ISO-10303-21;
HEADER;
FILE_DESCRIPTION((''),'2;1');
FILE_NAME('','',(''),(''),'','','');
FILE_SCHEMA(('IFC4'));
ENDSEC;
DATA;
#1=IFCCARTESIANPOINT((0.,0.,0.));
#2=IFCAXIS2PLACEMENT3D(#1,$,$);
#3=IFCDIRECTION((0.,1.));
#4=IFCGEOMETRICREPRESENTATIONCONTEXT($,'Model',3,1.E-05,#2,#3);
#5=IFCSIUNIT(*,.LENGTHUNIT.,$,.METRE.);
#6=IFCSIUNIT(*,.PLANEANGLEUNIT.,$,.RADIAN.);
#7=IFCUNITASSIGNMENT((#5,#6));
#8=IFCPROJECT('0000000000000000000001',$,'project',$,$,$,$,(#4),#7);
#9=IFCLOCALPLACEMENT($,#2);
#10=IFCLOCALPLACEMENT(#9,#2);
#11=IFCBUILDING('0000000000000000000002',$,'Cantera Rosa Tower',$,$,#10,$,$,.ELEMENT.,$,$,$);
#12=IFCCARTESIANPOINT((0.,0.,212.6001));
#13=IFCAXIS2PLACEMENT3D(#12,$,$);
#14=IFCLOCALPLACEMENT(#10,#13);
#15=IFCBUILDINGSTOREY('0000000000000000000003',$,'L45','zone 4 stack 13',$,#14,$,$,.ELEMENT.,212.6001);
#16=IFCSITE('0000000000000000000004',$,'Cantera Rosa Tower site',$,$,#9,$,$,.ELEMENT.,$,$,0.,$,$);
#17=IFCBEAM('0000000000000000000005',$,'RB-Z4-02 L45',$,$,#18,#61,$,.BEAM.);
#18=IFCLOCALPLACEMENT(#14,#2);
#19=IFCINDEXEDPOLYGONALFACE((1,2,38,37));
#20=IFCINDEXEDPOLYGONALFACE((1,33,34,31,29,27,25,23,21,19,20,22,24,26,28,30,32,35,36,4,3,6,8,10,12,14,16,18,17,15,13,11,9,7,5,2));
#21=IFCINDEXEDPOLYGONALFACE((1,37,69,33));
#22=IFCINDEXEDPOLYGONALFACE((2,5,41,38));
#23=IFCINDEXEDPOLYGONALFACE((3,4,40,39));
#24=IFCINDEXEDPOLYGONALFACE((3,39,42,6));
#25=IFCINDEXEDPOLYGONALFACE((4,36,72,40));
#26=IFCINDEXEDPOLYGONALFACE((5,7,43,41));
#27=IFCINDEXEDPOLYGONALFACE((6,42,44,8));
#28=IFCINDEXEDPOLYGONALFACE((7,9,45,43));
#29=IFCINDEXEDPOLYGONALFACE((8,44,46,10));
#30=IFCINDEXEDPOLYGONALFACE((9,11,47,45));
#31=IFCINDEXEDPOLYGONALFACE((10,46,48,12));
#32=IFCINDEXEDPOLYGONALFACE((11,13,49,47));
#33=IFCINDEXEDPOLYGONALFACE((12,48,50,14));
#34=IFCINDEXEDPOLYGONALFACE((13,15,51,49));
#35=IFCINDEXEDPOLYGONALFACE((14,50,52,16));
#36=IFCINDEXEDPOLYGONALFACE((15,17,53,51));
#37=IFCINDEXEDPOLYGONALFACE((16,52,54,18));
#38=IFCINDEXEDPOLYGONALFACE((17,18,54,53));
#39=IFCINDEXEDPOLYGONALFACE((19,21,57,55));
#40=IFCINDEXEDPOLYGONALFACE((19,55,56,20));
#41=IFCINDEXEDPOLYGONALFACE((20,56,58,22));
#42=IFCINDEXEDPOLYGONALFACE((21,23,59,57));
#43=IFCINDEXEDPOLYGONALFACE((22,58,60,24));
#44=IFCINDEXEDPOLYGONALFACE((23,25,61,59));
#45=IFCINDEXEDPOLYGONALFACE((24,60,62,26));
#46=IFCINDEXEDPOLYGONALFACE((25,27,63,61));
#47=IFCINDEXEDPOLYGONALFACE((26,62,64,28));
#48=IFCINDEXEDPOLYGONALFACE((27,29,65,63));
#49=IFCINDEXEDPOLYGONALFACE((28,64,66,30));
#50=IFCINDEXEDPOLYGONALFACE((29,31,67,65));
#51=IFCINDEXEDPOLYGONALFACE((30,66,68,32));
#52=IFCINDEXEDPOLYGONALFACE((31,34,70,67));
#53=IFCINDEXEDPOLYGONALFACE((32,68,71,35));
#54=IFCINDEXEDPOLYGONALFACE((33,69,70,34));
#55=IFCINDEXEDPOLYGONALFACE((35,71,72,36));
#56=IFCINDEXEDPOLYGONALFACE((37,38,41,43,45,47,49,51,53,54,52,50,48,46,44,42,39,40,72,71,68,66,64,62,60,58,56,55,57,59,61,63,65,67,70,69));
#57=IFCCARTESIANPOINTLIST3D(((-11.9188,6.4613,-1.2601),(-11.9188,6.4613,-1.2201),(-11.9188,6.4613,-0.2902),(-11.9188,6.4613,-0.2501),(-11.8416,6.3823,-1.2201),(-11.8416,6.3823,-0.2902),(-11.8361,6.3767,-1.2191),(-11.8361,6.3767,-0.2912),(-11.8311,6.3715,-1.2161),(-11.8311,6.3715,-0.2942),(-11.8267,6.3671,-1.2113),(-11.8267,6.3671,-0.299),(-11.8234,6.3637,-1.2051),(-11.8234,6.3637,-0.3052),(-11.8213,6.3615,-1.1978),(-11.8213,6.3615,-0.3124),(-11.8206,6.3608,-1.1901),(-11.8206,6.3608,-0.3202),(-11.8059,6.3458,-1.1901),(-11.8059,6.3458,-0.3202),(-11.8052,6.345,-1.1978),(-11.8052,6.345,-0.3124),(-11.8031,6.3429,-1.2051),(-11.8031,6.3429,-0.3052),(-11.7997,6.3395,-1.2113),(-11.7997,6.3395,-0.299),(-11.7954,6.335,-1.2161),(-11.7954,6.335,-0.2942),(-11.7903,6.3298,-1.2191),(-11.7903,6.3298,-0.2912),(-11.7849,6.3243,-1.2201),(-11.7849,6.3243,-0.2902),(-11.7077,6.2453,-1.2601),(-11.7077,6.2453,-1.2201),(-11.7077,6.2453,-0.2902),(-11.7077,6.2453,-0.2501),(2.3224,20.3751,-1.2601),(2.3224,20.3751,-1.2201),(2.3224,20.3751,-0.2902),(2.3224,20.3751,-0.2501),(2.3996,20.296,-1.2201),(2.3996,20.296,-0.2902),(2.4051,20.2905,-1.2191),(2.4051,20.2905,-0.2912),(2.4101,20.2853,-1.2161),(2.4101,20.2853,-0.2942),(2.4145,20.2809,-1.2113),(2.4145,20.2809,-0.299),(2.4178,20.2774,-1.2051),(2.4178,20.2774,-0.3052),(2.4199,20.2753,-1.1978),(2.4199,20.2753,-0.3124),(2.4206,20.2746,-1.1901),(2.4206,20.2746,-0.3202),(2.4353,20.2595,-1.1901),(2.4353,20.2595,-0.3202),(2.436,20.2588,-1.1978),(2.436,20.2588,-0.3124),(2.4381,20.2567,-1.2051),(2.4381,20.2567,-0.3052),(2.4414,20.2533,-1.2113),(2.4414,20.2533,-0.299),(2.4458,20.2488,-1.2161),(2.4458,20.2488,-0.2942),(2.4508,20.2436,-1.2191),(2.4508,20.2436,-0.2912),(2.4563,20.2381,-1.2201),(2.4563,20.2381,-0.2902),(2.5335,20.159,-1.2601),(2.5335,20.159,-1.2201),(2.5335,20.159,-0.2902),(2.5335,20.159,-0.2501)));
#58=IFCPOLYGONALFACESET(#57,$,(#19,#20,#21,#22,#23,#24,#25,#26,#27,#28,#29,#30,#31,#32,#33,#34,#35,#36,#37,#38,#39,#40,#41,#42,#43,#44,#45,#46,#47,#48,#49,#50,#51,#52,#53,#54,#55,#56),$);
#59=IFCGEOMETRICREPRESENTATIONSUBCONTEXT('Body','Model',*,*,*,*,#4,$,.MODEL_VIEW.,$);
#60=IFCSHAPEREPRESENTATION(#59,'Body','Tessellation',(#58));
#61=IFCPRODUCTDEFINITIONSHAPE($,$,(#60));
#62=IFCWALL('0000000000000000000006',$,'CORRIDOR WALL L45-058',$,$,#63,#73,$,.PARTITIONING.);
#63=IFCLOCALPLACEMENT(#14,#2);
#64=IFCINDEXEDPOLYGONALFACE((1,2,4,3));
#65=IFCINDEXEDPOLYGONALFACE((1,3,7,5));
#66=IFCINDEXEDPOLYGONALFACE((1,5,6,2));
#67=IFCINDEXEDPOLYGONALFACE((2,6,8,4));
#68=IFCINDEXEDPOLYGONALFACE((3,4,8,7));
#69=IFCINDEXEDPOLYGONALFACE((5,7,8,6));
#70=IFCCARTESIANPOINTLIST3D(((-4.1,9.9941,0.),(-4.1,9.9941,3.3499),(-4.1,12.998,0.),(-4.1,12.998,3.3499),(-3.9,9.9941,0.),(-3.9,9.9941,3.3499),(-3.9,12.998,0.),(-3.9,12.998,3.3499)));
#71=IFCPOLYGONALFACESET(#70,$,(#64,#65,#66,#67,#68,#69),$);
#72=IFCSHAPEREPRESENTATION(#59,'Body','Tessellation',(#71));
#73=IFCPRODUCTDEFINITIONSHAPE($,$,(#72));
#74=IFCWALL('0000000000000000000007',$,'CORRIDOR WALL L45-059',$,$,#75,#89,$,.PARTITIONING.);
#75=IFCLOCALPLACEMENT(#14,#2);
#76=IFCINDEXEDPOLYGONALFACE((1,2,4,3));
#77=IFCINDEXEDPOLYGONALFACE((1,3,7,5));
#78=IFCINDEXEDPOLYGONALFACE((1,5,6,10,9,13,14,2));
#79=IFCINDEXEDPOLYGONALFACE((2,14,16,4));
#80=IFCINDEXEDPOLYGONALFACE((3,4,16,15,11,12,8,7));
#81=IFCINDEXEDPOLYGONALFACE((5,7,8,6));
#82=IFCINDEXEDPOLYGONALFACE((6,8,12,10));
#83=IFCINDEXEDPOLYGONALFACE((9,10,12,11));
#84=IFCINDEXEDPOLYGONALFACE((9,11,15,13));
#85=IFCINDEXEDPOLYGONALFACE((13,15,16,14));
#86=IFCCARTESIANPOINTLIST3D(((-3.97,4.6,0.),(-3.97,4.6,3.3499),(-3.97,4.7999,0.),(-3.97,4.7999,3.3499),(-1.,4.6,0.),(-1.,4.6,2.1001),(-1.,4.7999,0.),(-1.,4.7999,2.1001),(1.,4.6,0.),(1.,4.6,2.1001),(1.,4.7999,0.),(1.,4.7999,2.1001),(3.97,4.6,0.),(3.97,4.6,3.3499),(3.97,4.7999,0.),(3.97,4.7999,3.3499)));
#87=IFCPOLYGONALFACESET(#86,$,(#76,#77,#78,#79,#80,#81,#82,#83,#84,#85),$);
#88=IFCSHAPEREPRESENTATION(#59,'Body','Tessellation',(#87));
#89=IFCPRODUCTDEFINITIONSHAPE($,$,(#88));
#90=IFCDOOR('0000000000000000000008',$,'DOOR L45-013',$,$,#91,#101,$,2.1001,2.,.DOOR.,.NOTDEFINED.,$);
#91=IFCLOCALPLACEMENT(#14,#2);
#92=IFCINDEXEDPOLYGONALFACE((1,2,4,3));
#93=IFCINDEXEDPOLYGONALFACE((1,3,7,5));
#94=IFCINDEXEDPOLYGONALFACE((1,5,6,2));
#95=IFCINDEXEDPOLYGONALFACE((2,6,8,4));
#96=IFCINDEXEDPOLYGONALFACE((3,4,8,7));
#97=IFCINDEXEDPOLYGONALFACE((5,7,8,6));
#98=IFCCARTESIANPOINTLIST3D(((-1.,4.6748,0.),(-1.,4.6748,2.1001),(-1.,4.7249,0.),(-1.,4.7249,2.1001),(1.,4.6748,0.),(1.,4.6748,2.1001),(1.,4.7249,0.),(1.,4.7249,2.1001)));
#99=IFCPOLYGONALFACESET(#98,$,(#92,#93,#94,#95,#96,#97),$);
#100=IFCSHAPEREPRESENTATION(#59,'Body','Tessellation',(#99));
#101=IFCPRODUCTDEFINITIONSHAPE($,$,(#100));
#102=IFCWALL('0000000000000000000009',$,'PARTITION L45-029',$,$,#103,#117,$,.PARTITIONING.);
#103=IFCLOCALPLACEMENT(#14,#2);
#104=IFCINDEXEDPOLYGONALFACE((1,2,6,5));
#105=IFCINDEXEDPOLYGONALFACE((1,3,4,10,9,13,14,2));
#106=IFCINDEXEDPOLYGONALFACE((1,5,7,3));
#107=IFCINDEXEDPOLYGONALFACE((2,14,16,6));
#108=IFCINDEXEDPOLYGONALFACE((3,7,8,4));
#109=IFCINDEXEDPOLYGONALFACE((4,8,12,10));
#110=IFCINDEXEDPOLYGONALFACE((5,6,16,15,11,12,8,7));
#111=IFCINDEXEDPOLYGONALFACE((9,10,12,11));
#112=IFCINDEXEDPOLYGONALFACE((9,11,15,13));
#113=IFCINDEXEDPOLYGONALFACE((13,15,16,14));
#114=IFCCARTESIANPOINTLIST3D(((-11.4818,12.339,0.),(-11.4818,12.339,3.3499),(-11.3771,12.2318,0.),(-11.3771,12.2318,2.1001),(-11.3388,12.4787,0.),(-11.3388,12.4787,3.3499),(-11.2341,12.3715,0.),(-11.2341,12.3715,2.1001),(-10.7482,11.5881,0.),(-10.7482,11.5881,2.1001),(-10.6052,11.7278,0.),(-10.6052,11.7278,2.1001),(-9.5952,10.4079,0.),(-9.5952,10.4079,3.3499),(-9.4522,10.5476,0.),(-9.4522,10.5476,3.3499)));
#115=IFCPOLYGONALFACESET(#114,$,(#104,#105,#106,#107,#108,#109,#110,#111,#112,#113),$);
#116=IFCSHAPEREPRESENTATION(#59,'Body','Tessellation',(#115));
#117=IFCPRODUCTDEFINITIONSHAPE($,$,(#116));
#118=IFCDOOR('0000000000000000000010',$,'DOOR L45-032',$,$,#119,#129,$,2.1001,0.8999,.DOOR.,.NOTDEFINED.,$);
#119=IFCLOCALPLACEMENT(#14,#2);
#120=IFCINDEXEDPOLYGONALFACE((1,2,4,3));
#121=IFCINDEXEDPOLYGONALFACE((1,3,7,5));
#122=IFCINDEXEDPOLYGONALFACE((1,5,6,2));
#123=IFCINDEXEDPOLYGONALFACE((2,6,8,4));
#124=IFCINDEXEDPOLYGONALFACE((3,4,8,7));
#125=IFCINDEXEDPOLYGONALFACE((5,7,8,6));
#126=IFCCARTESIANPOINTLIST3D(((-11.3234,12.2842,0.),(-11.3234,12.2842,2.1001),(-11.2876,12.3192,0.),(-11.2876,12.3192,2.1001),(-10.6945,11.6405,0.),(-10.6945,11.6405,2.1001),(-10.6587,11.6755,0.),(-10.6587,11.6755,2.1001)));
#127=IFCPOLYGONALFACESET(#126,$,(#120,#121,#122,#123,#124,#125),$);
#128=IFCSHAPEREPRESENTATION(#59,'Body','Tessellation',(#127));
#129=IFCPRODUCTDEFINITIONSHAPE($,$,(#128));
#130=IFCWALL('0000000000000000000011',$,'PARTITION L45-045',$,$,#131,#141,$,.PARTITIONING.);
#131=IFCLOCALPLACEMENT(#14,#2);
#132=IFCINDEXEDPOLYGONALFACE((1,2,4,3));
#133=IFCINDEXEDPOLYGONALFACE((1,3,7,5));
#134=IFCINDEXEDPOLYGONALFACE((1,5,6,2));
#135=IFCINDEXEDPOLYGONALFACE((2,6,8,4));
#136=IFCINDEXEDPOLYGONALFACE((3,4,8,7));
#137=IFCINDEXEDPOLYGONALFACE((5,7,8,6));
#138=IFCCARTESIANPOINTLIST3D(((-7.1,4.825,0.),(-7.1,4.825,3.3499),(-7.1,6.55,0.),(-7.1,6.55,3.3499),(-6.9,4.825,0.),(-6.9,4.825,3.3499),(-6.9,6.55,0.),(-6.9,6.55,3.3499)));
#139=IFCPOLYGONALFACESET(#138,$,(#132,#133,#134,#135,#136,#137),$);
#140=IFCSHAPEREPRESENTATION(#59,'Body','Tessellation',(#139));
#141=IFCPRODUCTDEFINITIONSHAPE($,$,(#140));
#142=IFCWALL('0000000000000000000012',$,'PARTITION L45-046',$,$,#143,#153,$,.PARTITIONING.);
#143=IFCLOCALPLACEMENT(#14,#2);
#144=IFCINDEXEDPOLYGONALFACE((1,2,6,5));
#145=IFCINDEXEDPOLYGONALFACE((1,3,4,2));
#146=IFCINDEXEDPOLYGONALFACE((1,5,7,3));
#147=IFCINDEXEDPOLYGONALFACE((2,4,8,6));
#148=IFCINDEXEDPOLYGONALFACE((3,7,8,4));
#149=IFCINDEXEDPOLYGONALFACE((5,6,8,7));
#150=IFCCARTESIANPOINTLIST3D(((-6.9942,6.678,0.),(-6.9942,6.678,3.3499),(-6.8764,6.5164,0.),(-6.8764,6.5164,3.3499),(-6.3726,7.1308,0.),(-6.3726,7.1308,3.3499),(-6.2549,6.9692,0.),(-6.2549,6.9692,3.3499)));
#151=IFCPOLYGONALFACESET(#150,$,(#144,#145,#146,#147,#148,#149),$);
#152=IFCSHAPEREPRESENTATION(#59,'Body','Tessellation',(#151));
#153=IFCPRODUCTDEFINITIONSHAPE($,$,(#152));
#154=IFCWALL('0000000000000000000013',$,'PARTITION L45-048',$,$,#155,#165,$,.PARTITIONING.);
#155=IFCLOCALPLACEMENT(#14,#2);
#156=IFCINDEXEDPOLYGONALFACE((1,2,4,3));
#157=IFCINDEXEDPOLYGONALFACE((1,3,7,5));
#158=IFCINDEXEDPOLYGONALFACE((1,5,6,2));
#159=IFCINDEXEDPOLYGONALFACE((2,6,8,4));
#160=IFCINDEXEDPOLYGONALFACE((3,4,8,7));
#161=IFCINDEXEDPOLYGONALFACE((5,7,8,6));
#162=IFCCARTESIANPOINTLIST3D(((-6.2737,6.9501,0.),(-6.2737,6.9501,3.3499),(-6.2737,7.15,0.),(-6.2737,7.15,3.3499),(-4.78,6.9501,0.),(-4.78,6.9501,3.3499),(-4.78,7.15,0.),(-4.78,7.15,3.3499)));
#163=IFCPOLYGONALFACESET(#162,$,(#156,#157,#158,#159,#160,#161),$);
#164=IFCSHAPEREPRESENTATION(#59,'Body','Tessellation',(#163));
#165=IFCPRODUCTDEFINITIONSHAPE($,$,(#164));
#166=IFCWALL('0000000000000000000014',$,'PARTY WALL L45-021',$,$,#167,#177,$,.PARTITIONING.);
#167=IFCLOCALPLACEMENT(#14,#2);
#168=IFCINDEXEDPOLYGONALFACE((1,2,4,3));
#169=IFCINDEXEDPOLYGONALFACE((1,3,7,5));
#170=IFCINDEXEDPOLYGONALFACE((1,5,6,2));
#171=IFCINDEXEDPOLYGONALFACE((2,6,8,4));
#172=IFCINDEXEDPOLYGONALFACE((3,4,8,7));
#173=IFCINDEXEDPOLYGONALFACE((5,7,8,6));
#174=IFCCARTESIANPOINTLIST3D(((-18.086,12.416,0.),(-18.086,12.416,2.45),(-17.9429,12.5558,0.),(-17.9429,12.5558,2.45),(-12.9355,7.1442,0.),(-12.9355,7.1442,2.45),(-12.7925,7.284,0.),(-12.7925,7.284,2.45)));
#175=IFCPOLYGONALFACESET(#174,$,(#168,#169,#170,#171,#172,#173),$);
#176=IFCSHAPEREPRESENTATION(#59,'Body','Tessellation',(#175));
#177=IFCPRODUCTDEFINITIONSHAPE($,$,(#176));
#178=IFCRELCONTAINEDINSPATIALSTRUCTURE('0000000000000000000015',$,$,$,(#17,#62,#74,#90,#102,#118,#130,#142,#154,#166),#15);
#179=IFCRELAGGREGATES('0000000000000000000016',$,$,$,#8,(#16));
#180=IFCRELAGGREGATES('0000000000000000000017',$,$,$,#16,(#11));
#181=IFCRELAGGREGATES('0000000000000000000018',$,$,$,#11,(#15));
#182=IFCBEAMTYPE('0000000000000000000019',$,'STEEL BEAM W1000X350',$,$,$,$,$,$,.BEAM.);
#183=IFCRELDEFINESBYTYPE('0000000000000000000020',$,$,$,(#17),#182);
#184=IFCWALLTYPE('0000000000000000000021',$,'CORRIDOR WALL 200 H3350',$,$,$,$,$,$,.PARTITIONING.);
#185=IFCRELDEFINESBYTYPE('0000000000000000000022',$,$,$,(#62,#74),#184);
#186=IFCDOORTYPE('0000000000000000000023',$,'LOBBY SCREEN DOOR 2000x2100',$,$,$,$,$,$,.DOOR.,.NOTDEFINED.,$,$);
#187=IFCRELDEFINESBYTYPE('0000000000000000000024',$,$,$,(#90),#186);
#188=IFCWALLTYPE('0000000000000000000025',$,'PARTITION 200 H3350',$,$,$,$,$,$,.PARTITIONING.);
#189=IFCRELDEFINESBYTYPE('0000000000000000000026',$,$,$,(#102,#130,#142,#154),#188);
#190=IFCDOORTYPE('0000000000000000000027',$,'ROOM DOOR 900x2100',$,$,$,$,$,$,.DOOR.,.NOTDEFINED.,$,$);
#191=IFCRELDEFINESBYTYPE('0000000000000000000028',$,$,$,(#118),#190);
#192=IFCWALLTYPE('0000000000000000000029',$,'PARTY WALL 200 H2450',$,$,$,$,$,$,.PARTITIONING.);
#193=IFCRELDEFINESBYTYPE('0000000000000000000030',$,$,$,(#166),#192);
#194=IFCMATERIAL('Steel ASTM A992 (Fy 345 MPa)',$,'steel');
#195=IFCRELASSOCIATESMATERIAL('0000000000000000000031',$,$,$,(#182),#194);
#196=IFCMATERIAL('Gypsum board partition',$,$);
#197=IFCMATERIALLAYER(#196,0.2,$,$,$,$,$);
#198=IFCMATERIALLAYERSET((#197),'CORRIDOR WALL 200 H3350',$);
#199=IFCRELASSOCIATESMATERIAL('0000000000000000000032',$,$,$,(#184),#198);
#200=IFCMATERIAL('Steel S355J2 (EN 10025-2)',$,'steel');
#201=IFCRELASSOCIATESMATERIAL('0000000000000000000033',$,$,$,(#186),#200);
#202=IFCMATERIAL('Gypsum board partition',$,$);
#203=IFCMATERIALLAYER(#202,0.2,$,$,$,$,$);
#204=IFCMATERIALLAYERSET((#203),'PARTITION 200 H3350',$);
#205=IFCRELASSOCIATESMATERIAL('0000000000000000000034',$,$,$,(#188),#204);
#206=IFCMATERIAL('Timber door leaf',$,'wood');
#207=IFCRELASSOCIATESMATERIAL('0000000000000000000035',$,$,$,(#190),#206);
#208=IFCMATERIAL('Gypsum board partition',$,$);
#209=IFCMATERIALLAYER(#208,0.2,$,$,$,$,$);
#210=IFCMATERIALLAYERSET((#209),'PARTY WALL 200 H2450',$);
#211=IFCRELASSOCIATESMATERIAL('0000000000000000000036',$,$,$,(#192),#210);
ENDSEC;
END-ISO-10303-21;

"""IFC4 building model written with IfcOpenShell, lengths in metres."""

from ifc_helpers import new_model, si_unit, direction, frame, frame_2d, origin, origin_2d, place, context, subcontext, project, spatial, rectangle, i_section, extrude, material, layer, layer_set, material_profile, profile_set, type_object, element, fill, save


model = new_model("IFC4")

# Units and contexts
model_context = context("Model", 3, precision=1e-05, world=origin(), true_north=direction((0.0, 1.0)))
body_context = subcontext(model_context, "Body", "Model", "MODEL_VIEW")
ifc_project = project(units=[si_unit("LENGTHUNIT", "METRE"), si_unit("PLANEANGLEUNIT", "RADIAN")], contexts=[model_context])

# Site, building, storey
site_placement = place(None, origin())
site = spatial("IfcSite", under=ifc_project, at=site_placement, Name="Cantera Rosa Tower site", CompositionType="ELEMENT", RefElevation=0.0)
building_placement = place(site_placement, origin())
building = spatial("IfcBuilding", under=site, at=building_placement, Name="Cantera Rosa Tower", CompositionType="ELEMENT")
storey_placement = place(building_placement, frame((0.0, 0.0, 212.6001)))
storey = spatial("IfcBuildingStorey", under=building, at=storey_placement, Name="L45", Description="zone 4 stack 13", CompositionType="ELEMENT", Elevation=212.6001)

# Beam
ifc_material_1 = material(Name="Steel ASTM A992 (Fy 345 MPa)", Category="steel")
ifc_material_profile = material_profile(ifc_material_1, i_section(OverallWidth=0.302, OverallDepth=1.01, WebThickness=0.021, FlangeThickness=0.04, FilletRadius=0.03, at=origin_2d()), Name="W1000X350")
ifc_profile_set = profile_set([ifc_material_profile], Name="Steel ASTM A992 (Fy 345 MPa)")
beam_type = type_object("IfcBeamType", Name="STEEL BEAM W1000X350", PredefinedType="BEAM", material=ifc_profile_set)
beam_placement = place(storey_placement, frame((-11.8132, 6.3533, -0.7551), z_axis=(0.715281, 0.698837, 0.0), x_axis=(-0.698837, 0.715281, 0.0)))
element("IfcBeam", 1, at=beam_placement, inside=storey, type_object=beam_type, Name="RB-Z4-02 L45", PredefinedType="BEAM", context=body_context, shape_type="SweptSolid", body=[
    extrude(i_section(OverallWidth=0.302, OverallDepth=1.01, WebThickness=0.021, FlangeThickness=0.04, FilletRadius=0.03, at=origin_2d()), origin(), (0.0, 0.0, 1.0), 19.9099),
])

# Wall
ifc_material_2 = material(Name="Gypsum board partition")
ifc_layer_1 = layer(ifc_material_2, 0.2)
ifc_layer_set_1 = layer_set([ifc_layer_1], Name="CORRIDOR WALL 200 H3350")
wall_type_1 = type_object("IfcWallType", Name="CORRIDOR WALL 200 H3350", PredefinedType="PARTITIONING", material=ifc_layer_set_1)
wall_1_placement = place(storey_placement, frame((-4.0, 9.9941, 0.0), z_axis=(0.0, 0.0, 1.0), x_axis=(0.0, 1.0, 0.0)))
element("IfcWall", 2, at=wall_1_placement, inside=storey, type_object=wall_type_1, Name="CORRIDOR WALL L45-058", PredefinedType="PARTITIONING", context=body_context, shape_type="SweptSolid", body=[
    extrude(rectangle(XDim=3.0039, YDim=0.2, at=frame_2d((1.502, 0.0))), origin(), (0.0, 0.0, 1.0), 3.3499),
])

# Walls, openings, doors
wall_2_placement = place(storey_placement, frame((-3.97, 4.7, 0.0), z_axis=(0.0, 0.0, 1.0), x_axis=(1.0, 0.0, 0.0)))
wall_2 = element("IfcWall", 3, at=wall_2_placement, inside=storey, type_object=wall_type_1, Name="CORRIDOR WALL L45-059", PredefinedType="PARTITIONING", context=body_context, shape_type="SweptSolid", body=[
    extrude(rectangle(XDim=7.9399, YDim=0.2, at=frame_2d((3.97, 0.0))), origin(), (0.0, 0.0, 1.0), 3.3499),
])
opening_1_placement = place(wall_2_placement, frame((2.97, 0.0, 0.0)))
opening_1 = element("IfcOpeningElement", 4, at=opening_1_placement, cuts=wall_2, PredefinedType="OPENING", context=body_context, shape_type="SweptSolid", body=[
    extrude(rectangle(XDim=2.0, YDim=2.1001, at=frame_2d((1.0, 1.05))), frame((0.0, 0.1099, 0.0), z_axis=(0.0, -1.0, 0.0), x_axis=(1.0, 0.0, 0.0)), (0.0, 0.0, 1.0), 0.22),
])
ifc_material_3 = material(Name="Steel S355J2 (EN 10025-2)", Category="steel")
door_type_1 = type_object("IfcDoorType", Name="LOBBY SCREEN DOOR 2000x2100", OperationType="NOTDEFINED", PredefinedType="DOOR", material=ifc_material_3)
door_1_placement = place(opening_1_placement, origin())
door_1 = element("IfcDoor", 5, at=door_1_placement, inside=storey, type_object=door_type_1, Name="DOOR L45-013", OperationType="NOTDEFINED", OverallHeight=2.1001, OverallWidth=2.0, PredefinedType="DOOR", context=body_context, shape_type="SweptSolid", body=[
    extrude(rectangle(XDim=2.0, YDim=2.1001, at=frame_2d((1.0, 1.05))), frame((0.0, 0.0249, 0.0), z_axis=(0.0, -1.0, 0.0), x_axis=(1.0, 0.0, 0.0)), (0.0, 0.0, 1.0), 0.05),
])
fill(opening_1, door_1)
ifc_material_4 = material(Name="Gypsum board partition")
ifc_layer_2 = layer(ifc_material_4, 0.2)
ifc_layer_set_2 = layer_set([ifc_layer_2], Name="PARTITION 200 H3350")
wall_type_2 = type_object("IfcWallType", Name="PARTITION 200 H3350", PredefinedType="PARTITIONING", material=ifc_layer_set_2)
wall_3_placement = place(storey_placement, frame((-9.5237, 10.4778, 0.0), z_axis=(0.0, 0.0, 1.0), x_axis=(-0.69883, 0.715288, 0.0)))
wall_3 = element("IfcWall", 6, at=wall_3_placement, inside=storey, type_object=wall_type_2, Name="PARTITION L45-029", PredefinedType="PARTITIONING", context=body_context, shape_type="SweptSolid", body=[
    extrude(rectangle(XDim=2.6997, YDim=0.2, at=frame_2d((1.3499, 0.0))), origin(), (0.0, 0.0, 1.0), 3.3499),
])
opening_2_placement = place(wall_3_placement, frame((1.6499, 0.0, 0.0)))
opening_2 = element("IfcOpeningElement", 7, at=opening_2_placement, cuts=wall_3, PredefinedType="OPENING", context=body_context, shape_type="SweptSolid", body=[
    extrude(rectangle(XDim=0.8999, YDim=2.1001, at=frame_2d((0.45, 1.05))), frame((0.0, 0.1099, 0.0), z_axis=(0.0, -1.0, 0.0), x_axis=(1.0, 0.0, 0.0)), (0.0, 0.0, 1.0), 0.22),
])
ifc_material_5 = material(Name="Timber door leaf", Category="wood")
door_type_2 = type_object("IfcDoorType", Name="ROOM DOOR 900x2100", OperationType="NOTDEFINED", PredefinedType="DOOR", material=ifc_material_5)
door_2_placement = place(opening_2_placement, origin())
door_2 = element("IfcDoor", 8, at=door_2_placement, inside=storey, type_object=door_type_2, Name="DOOR L45-032", OperationType="NOTDEFINED", OverallHeight=2.1001, OverallWidth=0.8999, PredefinedType="DOOR", context=body_context, shape_type="SweptSolid", body=[
    extrude(rectangle(XDim=0.8999, YDim=2.1001, at=frame_2d((0.45, 1.05))), frame((0.0, 0.0249, 0.0), z_axis=(0.0, -1.0, 0.0), x_axis=(1.0, 0.0, 0.0)), (0.0, 0.0, 1.0), 0.05),
])
fill(opening_2, door_2)

# Walls
wall_4_placement = place(storey_placement, frame((-7.0, 4.825, 0.0), z_axis=(0.0, 0.0, 1.0), x_axis=(0.0, 1.0, 0.0)))
element("IfcWall", 9, at=wall_4_placement, inside=storey, type_object=wall_type_2, Name="PARTITION L45-045", PredefinedType="PARTITIONING", context=body_context, shape_type="SweptSolid", body=[
    extrude(rectangle(XDim=1.7251, YDim=0.2, at=frame_2d((0.8625, 0.0))), origin(), (0.0, 0.0, 1.0), 3.3499),
])
wall_5_placement = place(storey_placement, frame((-6.9353, 6.5972, 0.0), z_axis=(0.0, 0.0, 1.0), x_axis=(0.808228, 0.58887, 0.0)))
element("IfcWall", 10, at=wall_5_placement, inside=storey, type_object=wall_type_2, Name="PARTITION L45-046", PredefinedType="PARTITIONING", context=body_context, shape_type="SweptSolid", body=[
    extrude(rectangle(XDim=0.769, YDim=0.2, at=frame_2d((0.3845, 0.0))), origin(), (0.0, 0.0, 1.0), 3.3499),
])
wall_6_placement = place(storey_placement, frame((-6.2737, 7.05, 0.0), z_axis=(0.0, 0.0, 1.0), x_axis=(1.0, 0.0, 0.0)))
element("IfcWall", 11, at=wall_6_placement, inside=storey, type_object=wall_type_2, Name="PARTITION L45-048", PredefinedType="PARTITIONING", context=body_context, shape_type="SweptSolid", body=[
    extrude(rectangle(XDim=1.4937, YDim=0.2, at=frame_2d((0.7468, 0.0))), origin(), (0.0, 0.0, 1.0), 3.3499),
])
ifc_material_6 = material(Name="Gypsum board partition")
ifc_layer_3 = layer(ifc_material_6, 0.2)
ifc_layer_set_3 = layer_set([ifc_layer_3], Name="PARTY WALL 200 H2450")
wall_type_3 = type_object("IfcWallType", Name="PARTY WALL 200 H2450", PredefinedType="PARTITIONING", material=ifc_layer_set_3)
wall_7_placement = place(storey_placement, frame((-12.864, 7.2141, 0.0), z_axis=(0.0, 0.0, 1.0), x_axis=(-0.698827, 0.715291, 0.0)))
element("IfcWall", 12, at=wall_7_placement, inside=storey, type_object=wall_type_3, Name="PARTY WALL L45-021", PredefinedType="PARTITIONING", context=body_context, shape_type="SweptSolid", body=[
    extrude(rectangle(XDim=7.3701, YDim=0.2, at=frame_2d((3.6851, 0.0))), origin(), (0.0, 0.0, 1.0), 2.45),
])

save(model, "model.ifc")
